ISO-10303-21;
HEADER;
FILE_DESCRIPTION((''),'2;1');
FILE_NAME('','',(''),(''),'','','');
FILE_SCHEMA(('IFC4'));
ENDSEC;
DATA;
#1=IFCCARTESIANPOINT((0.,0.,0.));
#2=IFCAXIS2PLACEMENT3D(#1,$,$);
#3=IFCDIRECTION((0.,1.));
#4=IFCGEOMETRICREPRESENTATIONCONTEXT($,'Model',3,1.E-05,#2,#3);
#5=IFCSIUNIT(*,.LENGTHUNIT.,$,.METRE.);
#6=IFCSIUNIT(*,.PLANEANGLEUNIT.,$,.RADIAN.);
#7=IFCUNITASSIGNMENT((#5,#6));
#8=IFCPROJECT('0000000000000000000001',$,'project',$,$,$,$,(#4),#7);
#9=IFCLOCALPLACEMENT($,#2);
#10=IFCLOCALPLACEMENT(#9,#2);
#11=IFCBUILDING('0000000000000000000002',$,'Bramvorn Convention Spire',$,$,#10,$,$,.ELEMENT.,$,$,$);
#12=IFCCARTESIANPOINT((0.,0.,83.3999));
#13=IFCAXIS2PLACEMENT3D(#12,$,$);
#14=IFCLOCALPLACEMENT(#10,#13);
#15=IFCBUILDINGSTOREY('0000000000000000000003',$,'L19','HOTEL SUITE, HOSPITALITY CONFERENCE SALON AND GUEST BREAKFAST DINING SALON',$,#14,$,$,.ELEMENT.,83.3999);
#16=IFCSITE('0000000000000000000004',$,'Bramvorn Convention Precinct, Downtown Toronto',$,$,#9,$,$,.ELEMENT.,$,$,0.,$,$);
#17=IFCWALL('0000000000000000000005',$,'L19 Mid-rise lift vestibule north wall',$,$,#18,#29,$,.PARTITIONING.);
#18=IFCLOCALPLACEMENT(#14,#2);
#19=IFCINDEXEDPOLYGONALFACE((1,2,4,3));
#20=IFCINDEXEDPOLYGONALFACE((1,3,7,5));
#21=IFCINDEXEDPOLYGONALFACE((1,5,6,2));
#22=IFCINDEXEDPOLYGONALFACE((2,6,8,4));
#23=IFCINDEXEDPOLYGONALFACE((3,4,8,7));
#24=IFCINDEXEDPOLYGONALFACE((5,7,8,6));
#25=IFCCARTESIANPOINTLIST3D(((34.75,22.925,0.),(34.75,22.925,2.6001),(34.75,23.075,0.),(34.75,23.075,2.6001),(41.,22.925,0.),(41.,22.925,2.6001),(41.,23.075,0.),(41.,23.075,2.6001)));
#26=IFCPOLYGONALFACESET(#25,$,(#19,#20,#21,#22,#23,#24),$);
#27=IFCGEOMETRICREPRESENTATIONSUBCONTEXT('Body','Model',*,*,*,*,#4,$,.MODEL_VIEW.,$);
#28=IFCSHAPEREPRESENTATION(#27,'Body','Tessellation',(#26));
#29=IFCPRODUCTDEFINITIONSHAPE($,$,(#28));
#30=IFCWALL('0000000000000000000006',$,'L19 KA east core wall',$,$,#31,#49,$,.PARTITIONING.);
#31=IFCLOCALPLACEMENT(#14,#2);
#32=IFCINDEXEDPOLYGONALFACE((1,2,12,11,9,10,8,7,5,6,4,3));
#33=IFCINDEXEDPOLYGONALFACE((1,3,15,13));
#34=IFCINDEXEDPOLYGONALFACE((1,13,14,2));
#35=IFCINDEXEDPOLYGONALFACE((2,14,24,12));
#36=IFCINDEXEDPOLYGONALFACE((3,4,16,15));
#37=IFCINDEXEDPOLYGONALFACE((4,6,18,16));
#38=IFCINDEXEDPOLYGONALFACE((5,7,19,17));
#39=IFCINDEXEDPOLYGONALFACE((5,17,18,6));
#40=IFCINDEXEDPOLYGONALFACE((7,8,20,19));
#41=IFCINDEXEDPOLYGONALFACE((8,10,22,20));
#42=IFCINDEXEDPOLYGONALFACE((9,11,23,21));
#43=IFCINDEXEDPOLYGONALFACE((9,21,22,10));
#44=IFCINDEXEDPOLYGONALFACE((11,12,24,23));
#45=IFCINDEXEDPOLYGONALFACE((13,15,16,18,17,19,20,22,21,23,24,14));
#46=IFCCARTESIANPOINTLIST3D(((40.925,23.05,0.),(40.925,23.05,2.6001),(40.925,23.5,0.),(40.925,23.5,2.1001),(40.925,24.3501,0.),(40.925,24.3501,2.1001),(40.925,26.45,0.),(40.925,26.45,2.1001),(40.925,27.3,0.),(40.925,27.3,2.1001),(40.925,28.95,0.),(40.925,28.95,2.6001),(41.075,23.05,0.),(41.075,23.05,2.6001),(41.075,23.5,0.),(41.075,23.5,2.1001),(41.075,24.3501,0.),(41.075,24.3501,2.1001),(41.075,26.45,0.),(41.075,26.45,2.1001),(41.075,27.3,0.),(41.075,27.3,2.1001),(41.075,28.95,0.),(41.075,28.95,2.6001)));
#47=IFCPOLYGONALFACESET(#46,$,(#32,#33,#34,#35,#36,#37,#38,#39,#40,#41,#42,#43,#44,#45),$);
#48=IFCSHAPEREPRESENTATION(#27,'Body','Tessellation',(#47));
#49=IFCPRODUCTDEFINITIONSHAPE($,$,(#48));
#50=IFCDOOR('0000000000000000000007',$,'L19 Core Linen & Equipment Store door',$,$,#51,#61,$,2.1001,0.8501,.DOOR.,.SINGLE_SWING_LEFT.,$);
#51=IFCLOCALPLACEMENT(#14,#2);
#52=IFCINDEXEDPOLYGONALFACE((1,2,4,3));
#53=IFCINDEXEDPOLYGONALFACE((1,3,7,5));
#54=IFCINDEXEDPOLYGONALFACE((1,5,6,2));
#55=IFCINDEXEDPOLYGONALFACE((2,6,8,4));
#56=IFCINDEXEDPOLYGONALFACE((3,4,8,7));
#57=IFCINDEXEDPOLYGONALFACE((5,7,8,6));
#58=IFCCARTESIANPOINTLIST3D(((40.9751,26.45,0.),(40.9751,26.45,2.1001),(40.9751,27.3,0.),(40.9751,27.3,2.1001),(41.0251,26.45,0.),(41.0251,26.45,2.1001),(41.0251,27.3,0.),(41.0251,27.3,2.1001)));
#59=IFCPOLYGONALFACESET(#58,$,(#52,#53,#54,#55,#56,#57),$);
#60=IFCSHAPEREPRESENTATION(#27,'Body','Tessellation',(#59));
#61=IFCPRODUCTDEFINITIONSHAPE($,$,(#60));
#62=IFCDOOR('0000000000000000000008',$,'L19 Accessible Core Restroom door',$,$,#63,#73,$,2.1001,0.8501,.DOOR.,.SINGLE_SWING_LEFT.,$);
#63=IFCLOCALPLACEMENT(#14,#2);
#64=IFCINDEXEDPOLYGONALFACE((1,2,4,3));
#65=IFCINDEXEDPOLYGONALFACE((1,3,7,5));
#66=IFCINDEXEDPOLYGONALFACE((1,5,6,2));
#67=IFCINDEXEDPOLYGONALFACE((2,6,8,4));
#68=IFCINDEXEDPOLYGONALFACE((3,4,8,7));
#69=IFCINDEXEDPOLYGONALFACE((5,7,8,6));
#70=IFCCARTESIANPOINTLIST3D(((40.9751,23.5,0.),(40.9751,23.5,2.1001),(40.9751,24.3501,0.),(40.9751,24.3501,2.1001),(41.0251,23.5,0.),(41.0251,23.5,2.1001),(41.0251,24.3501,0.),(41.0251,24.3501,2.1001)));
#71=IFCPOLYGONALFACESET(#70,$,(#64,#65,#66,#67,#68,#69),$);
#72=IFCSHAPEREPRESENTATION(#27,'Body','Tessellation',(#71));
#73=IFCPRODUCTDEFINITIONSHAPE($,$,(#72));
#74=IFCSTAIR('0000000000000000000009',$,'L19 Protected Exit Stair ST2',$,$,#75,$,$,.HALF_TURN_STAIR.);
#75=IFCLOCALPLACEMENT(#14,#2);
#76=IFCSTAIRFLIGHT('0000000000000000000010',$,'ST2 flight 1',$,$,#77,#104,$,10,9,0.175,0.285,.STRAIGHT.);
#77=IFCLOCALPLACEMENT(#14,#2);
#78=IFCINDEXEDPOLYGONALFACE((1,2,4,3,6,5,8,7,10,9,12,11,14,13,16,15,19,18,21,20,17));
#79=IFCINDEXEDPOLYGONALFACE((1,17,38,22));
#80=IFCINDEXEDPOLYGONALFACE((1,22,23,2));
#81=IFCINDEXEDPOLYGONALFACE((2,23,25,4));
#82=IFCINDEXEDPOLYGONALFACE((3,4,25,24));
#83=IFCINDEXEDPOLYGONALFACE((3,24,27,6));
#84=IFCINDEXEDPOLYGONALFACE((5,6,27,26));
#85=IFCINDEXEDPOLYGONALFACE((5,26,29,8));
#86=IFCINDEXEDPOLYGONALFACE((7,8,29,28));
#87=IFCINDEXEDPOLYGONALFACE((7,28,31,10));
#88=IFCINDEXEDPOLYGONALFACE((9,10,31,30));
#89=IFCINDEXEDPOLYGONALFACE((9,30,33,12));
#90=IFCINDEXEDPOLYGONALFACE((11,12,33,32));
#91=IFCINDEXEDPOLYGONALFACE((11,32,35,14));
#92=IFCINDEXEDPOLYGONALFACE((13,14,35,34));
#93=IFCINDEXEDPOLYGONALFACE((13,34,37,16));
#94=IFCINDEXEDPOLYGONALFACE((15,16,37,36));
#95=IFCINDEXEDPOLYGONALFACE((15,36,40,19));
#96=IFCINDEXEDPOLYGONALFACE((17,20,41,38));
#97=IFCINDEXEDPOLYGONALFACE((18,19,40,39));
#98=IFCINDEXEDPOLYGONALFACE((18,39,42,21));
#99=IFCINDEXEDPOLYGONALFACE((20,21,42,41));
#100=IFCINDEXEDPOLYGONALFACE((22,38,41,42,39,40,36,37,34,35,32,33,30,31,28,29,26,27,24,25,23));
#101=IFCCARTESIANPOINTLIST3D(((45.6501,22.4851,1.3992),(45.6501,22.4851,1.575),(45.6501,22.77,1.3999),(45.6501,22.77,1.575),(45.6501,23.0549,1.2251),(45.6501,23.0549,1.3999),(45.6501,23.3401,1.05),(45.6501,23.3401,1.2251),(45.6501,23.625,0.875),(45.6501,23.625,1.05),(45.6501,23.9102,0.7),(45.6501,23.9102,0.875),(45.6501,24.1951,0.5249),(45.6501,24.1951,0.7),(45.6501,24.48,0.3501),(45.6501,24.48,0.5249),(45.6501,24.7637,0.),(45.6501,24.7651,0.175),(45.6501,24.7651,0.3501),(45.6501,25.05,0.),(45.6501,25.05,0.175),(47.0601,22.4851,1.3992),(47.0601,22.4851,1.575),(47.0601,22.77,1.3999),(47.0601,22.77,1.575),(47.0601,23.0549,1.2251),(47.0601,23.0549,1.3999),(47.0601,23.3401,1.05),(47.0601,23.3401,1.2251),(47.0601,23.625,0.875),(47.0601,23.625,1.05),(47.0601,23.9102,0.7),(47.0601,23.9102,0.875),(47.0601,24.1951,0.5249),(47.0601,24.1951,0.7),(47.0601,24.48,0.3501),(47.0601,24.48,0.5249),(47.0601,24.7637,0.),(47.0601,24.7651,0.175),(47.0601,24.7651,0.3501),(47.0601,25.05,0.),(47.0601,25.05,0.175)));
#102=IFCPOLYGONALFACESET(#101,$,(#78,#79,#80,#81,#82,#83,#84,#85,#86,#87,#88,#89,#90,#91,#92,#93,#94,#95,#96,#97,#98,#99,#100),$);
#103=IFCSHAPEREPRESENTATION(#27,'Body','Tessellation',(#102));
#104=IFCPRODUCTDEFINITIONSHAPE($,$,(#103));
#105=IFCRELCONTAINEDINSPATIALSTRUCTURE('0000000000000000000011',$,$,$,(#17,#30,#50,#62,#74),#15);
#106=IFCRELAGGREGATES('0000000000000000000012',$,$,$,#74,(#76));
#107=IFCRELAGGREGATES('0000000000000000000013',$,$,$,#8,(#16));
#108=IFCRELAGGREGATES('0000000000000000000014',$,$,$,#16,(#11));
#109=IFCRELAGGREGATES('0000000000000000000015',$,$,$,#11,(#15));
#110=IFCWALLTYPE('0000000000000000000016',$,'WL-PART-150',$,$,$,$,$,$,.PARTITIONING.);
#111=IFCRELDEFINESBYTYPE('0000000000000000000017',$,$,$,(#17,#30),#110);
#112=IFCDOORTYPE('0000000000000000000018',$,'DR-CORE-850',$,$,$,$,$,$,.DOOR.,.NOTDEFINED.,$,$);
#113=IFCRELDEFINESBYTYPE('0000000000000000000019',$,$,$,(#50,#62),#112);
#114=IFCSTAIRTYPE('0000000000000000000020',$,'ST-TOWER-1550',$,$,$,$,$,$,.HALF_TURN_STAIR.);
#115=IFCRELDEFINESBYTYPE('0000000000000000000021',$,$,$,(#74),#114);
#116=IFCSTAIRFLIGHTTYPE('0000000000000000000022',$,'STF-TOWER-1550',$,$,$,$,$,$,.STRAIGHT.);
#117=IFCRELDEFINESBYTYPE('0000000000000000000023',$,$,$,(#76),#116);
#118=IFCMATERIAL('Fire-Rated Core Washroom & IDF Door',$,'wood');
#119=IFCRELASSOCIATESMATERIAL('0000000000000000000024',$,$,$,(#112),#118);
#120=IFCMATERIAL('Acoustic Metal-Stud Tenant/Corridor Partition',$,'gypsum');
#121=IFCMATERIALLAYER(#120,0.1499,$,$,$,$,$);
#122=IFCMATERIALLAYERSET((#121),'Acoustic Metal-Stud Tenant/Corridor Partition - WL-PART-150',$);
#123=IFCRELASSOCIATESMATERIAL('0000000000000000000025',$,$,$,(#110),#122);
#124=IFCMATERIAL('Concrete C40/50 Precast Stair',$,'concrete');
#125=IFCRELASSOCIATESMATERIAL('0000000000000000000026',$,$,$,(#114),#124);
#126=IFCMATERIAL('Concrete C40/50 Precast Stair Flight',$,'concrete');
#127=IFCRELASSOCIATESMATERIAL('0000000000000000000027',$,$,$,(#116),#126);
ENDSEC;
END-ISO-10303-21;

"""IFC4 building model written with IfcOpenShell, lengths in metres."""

from ifc_helpers import new_model, si_unit, direction, frame, frame_2d, origin, place, context, subcontext, project, spatial, polyline, rectangle, outline, extrude, material, layer, layer_set, type_object, element, fill, aggregate, save


model = new_model("IFC4")

# Units and contexts
model_context = context("Model", 3, precision=1e-05, world=origin(), true_north=direction((0.0, 1.0)))
body_context = subcontext(model_context, "Body", "Model", "MODEL_VIEW")
ifc_project = project(units=[si_unit("LENGTHUNIT", "METRE"), si_unit("PLANEANGLEUNIT", "RADIAN")], contexts=[model_context])

# Site, building, storey
site_placement = place(None, origin())
site = spatial("IfcSite", under=ifc_project, at=site_placement, Name="Bramvorn Convention Precinct, Downtown Toronto", CompositionType="ELEMENT", RefElevation=0.0)
building_placement = place(site_placement, origin())
building = spatial("IfcBuilding", under=site, at=building_placement, Name="Bramvorn Convention Spire", CompositionType="ELEMENT")
storey_placement = place(building_placement, frame((0.0, 0.0, 83.3999)))
storey = spatial("IfcBuildingStorey", under=building, at=storey_placement, Name="L19", Description="HOTEL SUITE, HOSPITALITY CONFERENCE SALON AND GUEST BREAKFAST DINING SALON", CompositionType="ELEMENT", Elevation=83.3999)

# Shared definitions
ifc_material_1 = material(Name="Fire-Rated Core Washroom & IDF Door", Category="wood")
door_type_1 = type_object("IfcDoorType", Name="DR-CORE-850", OperationType="NOTDEFINED", PredefinedType="DOOR", material=ifc_material_1)

# Wall
ifc_material_2 = material(Name="Acoustic Metal-Stud Tenant/Corridor Partition", Category="gypsum")
ifc_layer_1 = layer(ifc_material_2, 0.1499)
ifc_layer_set_1 = layer_set([ifc_layer_1], Name="Acoustic Metal-Stud Tenant/Corridor Partition - WL-PART-150")
wall_type_1 = type_object("IfcWallType", Name="WL-PART-150", PredefinedType="PARTITIONING", material=ifc_layer_set_1)
for number, where, z_axis, x_axis, name in (
    (1, (34.75, 23.0, 0.0), (0.0, 0.0, 1.0), (1.0, 0.0, 0.0), "L19 Mid-rise lift vestibule north wall"),
):
    element("IfcWall", number, at=place(storey_placement, frame(where, z_axis=z_axis, x_axis=x_axis)), inside=storey, type_object=wall_type_1, Name=name, PredefinedType="PARTITIONING", context=body_context, shape_type="SweptSolid", body=[
        extrude(rectangle(XDim=6.25, YDim=0.1499, at=frame_2d((3.125, 0.0))), origin(), (0.0, 0.0, 1.0), 2.6001),
    ])

# Wall, openings, doors
wall_1_placement = place(storey_placement, frame((41.0, 23.05, 0.0), z_axis=(0.0, 0.0, 1.0), x_axis=(0.0, 1.0, 0.0)))
wall_1 = element("IfcWall", 2, at=wall_1_placement, inside=storey, type_object=wall_type_1, Name="L19 KA east core wall", PredefinedType="PARTITIONING", context=body_context, shape_type="SweptSolid", body=[
    extrude(rectangle(XDim=5.8999, YDim=0.1499, at=frame_2d((2.95, 0.0))), origin(), (0.0, 0.0, 1.0), 2.6001),
])
opening_1_placement = place(wall_1_placement, frame((3.3999, 0.0, 0.0)))
opening_1 = element("IfcOpeningElement", 3, at=opening_1_placement, cuts=wall_1, PredefinedType="OPENING", context=body_context, shape_type="SweptSolid", body=[
    extrude(rectangle(XDim=0.8501, YDim=2.1001, at=frame_2d((0.425, 1.05))), frame((0.0, 0.085, 0.0), z_axis=(0.0, -1.0, 0.0), x_axis=(1.0, 0.0, 0.0)), (0.0, 0.0, 1.0), 0.1699),
])
opening_2_placement = place(wall_1_placement, frame((0.45, 0.0, 0.0)))
opening_2 = element("IfcOpeningElement", 4, at=opening_2_placement, cuts=wall_1, PredefinedType="OPENING", context=body_context, shape_type="SweptSolid", body=[
    extrude(rectangle(XDim=0.8501, YDim=2.1001, at=frame_2d((0.425, 1.05))), frame((0.0, 0.085, 0.0), z_axis=(0.0, -1.0, 0.0), x_axis=(1.0, 0.0, 0.0)), (0.0, 0.0, 1.0), 0.1699),
])
door_1_placement = place(opening_1_placement, origin())
door_1 = element("IfcDoor", 5, at=door_1_placement, inside=storey, type_object=door_type_1, Name="L19 Core Linen & Equipment Store door", OperationType="SINGLE_SWING_LEFT", OverallHeight=2.1001, OverallWidth=0.8501, PredefinedType="DOOR", context=body_context, shape_type="SweptSolid", body=[
    extrude(rectangle(XDim=0.8501, YDim=2.1001, at=frame_2d((0.425, 1.05))), frame((0.0, 0.0249, 0.0), z_axis=(0.0, -1.0, 0.0), x_axis=(1.0, 0.0, 0.0)), (0.0, 0.0, 1.0), 0.05),
])
fill(opening_1, door_1)
door_2_placement = place(opening_2_placement, origin())
door_2 = element("IfcDoor", 6, at=door_2_placement, inside=storey, type_object=door_type_1, Name="L19 Accessible Core Restroom door", OperationType="SINGLE_SWING_LEFT", OverallHeight=2.1001, OverallWidth=0.8501, PredefinedType="DOOR", context=body_context, shape_type="SweptSolid", body=[
    extrude(rectangle(XDim=0.8501, YDim=2.1001, at=frame_2d((0.425, 1.05))), frame((0.0, 0.0249, 0.0), z_axis=(0.0, -1.0, 0.0), x_axis=(1.0, 0.0, 0.0)), (0.0, 0.0, 1.0), 0.05),
])
fill(opening_2, door_2)

# Stair, stair flight
ifc_material_3 = material(Name="Concrete C40/50 Precast Stair", Category="concrete")
stair_type = type_object("IfcStairType", Name="ST-TOWER-1550", PredefinedType="HALF_TURN_STAIR", material=ifc_material_3)
stair_placement = place(storey_placement, origin())
stair = element("IfcStair", 7, at=stair_placement, inside=storey, type_object=stair_type, Name="L19 Protected Exit Stair ST2", PredefinedType="HALF_TURN_STAIR")
ifc_material_4 = material(Name="Concrete C40/50 Precast Stair Flight", Category="concrete")
stair_flight_type = type_object("IfcStairFlightType", Name="STF-TOWER-1550", PredefinedType="STRAIGHT", material=ifc_material_4)
stair_flight_placement = place(storey_placement, frame((46.355, 25.05, 0.0), z_axis=(0.0, 0.0, 1.0), x_axis=(0.0, -1.0, 0.0)))
stair_flight = element("IfcStairFlight", 8, at=stair_flight_placement, type_object=stair_flight_type, Name="ST2 flight 1", NumberOfRisers=10, NumberOfTreads=9, PredefinedType="STRAIGHT", RiserHeight=0.175, TreadLength=0.285, context=body_context, shape_type="SweptSolid", body=[
    extrude(outline(polyline([(0.0, 0.0), (0.0, 0.175), (0.2849, 0.175), (0.2849, 0.3501), (0.5701, 0.3501), (0.5701, 0.5249), (0.855, 0.5249), (0.855, 0.7), (1.1399, 0.7), (1.1399, 0.875), (1.425, 0.875), (1.425, 1.05), (1.71, 1.05), (1.71, 1.2251), (1.9951, 1.2251), (1.9951, 1.3999), (2.28, 1.3999), (2.28, 1.575), (2.5649, 1.575), (2.5649, 1.75), (2.5649, 1.3992), (0.2864, 0.0), (0.0, 0.0)])), frame((0.0, 0.7051, 0.0), z_axis=(0.0, -1.0, 0.0), x_axis=(1.0, 0.0, 0.0)), (0.0, 0.0, 1.0), 1.4099),
])
aggregate(stair, [stair_flight])

save(model, "model.ifc")
